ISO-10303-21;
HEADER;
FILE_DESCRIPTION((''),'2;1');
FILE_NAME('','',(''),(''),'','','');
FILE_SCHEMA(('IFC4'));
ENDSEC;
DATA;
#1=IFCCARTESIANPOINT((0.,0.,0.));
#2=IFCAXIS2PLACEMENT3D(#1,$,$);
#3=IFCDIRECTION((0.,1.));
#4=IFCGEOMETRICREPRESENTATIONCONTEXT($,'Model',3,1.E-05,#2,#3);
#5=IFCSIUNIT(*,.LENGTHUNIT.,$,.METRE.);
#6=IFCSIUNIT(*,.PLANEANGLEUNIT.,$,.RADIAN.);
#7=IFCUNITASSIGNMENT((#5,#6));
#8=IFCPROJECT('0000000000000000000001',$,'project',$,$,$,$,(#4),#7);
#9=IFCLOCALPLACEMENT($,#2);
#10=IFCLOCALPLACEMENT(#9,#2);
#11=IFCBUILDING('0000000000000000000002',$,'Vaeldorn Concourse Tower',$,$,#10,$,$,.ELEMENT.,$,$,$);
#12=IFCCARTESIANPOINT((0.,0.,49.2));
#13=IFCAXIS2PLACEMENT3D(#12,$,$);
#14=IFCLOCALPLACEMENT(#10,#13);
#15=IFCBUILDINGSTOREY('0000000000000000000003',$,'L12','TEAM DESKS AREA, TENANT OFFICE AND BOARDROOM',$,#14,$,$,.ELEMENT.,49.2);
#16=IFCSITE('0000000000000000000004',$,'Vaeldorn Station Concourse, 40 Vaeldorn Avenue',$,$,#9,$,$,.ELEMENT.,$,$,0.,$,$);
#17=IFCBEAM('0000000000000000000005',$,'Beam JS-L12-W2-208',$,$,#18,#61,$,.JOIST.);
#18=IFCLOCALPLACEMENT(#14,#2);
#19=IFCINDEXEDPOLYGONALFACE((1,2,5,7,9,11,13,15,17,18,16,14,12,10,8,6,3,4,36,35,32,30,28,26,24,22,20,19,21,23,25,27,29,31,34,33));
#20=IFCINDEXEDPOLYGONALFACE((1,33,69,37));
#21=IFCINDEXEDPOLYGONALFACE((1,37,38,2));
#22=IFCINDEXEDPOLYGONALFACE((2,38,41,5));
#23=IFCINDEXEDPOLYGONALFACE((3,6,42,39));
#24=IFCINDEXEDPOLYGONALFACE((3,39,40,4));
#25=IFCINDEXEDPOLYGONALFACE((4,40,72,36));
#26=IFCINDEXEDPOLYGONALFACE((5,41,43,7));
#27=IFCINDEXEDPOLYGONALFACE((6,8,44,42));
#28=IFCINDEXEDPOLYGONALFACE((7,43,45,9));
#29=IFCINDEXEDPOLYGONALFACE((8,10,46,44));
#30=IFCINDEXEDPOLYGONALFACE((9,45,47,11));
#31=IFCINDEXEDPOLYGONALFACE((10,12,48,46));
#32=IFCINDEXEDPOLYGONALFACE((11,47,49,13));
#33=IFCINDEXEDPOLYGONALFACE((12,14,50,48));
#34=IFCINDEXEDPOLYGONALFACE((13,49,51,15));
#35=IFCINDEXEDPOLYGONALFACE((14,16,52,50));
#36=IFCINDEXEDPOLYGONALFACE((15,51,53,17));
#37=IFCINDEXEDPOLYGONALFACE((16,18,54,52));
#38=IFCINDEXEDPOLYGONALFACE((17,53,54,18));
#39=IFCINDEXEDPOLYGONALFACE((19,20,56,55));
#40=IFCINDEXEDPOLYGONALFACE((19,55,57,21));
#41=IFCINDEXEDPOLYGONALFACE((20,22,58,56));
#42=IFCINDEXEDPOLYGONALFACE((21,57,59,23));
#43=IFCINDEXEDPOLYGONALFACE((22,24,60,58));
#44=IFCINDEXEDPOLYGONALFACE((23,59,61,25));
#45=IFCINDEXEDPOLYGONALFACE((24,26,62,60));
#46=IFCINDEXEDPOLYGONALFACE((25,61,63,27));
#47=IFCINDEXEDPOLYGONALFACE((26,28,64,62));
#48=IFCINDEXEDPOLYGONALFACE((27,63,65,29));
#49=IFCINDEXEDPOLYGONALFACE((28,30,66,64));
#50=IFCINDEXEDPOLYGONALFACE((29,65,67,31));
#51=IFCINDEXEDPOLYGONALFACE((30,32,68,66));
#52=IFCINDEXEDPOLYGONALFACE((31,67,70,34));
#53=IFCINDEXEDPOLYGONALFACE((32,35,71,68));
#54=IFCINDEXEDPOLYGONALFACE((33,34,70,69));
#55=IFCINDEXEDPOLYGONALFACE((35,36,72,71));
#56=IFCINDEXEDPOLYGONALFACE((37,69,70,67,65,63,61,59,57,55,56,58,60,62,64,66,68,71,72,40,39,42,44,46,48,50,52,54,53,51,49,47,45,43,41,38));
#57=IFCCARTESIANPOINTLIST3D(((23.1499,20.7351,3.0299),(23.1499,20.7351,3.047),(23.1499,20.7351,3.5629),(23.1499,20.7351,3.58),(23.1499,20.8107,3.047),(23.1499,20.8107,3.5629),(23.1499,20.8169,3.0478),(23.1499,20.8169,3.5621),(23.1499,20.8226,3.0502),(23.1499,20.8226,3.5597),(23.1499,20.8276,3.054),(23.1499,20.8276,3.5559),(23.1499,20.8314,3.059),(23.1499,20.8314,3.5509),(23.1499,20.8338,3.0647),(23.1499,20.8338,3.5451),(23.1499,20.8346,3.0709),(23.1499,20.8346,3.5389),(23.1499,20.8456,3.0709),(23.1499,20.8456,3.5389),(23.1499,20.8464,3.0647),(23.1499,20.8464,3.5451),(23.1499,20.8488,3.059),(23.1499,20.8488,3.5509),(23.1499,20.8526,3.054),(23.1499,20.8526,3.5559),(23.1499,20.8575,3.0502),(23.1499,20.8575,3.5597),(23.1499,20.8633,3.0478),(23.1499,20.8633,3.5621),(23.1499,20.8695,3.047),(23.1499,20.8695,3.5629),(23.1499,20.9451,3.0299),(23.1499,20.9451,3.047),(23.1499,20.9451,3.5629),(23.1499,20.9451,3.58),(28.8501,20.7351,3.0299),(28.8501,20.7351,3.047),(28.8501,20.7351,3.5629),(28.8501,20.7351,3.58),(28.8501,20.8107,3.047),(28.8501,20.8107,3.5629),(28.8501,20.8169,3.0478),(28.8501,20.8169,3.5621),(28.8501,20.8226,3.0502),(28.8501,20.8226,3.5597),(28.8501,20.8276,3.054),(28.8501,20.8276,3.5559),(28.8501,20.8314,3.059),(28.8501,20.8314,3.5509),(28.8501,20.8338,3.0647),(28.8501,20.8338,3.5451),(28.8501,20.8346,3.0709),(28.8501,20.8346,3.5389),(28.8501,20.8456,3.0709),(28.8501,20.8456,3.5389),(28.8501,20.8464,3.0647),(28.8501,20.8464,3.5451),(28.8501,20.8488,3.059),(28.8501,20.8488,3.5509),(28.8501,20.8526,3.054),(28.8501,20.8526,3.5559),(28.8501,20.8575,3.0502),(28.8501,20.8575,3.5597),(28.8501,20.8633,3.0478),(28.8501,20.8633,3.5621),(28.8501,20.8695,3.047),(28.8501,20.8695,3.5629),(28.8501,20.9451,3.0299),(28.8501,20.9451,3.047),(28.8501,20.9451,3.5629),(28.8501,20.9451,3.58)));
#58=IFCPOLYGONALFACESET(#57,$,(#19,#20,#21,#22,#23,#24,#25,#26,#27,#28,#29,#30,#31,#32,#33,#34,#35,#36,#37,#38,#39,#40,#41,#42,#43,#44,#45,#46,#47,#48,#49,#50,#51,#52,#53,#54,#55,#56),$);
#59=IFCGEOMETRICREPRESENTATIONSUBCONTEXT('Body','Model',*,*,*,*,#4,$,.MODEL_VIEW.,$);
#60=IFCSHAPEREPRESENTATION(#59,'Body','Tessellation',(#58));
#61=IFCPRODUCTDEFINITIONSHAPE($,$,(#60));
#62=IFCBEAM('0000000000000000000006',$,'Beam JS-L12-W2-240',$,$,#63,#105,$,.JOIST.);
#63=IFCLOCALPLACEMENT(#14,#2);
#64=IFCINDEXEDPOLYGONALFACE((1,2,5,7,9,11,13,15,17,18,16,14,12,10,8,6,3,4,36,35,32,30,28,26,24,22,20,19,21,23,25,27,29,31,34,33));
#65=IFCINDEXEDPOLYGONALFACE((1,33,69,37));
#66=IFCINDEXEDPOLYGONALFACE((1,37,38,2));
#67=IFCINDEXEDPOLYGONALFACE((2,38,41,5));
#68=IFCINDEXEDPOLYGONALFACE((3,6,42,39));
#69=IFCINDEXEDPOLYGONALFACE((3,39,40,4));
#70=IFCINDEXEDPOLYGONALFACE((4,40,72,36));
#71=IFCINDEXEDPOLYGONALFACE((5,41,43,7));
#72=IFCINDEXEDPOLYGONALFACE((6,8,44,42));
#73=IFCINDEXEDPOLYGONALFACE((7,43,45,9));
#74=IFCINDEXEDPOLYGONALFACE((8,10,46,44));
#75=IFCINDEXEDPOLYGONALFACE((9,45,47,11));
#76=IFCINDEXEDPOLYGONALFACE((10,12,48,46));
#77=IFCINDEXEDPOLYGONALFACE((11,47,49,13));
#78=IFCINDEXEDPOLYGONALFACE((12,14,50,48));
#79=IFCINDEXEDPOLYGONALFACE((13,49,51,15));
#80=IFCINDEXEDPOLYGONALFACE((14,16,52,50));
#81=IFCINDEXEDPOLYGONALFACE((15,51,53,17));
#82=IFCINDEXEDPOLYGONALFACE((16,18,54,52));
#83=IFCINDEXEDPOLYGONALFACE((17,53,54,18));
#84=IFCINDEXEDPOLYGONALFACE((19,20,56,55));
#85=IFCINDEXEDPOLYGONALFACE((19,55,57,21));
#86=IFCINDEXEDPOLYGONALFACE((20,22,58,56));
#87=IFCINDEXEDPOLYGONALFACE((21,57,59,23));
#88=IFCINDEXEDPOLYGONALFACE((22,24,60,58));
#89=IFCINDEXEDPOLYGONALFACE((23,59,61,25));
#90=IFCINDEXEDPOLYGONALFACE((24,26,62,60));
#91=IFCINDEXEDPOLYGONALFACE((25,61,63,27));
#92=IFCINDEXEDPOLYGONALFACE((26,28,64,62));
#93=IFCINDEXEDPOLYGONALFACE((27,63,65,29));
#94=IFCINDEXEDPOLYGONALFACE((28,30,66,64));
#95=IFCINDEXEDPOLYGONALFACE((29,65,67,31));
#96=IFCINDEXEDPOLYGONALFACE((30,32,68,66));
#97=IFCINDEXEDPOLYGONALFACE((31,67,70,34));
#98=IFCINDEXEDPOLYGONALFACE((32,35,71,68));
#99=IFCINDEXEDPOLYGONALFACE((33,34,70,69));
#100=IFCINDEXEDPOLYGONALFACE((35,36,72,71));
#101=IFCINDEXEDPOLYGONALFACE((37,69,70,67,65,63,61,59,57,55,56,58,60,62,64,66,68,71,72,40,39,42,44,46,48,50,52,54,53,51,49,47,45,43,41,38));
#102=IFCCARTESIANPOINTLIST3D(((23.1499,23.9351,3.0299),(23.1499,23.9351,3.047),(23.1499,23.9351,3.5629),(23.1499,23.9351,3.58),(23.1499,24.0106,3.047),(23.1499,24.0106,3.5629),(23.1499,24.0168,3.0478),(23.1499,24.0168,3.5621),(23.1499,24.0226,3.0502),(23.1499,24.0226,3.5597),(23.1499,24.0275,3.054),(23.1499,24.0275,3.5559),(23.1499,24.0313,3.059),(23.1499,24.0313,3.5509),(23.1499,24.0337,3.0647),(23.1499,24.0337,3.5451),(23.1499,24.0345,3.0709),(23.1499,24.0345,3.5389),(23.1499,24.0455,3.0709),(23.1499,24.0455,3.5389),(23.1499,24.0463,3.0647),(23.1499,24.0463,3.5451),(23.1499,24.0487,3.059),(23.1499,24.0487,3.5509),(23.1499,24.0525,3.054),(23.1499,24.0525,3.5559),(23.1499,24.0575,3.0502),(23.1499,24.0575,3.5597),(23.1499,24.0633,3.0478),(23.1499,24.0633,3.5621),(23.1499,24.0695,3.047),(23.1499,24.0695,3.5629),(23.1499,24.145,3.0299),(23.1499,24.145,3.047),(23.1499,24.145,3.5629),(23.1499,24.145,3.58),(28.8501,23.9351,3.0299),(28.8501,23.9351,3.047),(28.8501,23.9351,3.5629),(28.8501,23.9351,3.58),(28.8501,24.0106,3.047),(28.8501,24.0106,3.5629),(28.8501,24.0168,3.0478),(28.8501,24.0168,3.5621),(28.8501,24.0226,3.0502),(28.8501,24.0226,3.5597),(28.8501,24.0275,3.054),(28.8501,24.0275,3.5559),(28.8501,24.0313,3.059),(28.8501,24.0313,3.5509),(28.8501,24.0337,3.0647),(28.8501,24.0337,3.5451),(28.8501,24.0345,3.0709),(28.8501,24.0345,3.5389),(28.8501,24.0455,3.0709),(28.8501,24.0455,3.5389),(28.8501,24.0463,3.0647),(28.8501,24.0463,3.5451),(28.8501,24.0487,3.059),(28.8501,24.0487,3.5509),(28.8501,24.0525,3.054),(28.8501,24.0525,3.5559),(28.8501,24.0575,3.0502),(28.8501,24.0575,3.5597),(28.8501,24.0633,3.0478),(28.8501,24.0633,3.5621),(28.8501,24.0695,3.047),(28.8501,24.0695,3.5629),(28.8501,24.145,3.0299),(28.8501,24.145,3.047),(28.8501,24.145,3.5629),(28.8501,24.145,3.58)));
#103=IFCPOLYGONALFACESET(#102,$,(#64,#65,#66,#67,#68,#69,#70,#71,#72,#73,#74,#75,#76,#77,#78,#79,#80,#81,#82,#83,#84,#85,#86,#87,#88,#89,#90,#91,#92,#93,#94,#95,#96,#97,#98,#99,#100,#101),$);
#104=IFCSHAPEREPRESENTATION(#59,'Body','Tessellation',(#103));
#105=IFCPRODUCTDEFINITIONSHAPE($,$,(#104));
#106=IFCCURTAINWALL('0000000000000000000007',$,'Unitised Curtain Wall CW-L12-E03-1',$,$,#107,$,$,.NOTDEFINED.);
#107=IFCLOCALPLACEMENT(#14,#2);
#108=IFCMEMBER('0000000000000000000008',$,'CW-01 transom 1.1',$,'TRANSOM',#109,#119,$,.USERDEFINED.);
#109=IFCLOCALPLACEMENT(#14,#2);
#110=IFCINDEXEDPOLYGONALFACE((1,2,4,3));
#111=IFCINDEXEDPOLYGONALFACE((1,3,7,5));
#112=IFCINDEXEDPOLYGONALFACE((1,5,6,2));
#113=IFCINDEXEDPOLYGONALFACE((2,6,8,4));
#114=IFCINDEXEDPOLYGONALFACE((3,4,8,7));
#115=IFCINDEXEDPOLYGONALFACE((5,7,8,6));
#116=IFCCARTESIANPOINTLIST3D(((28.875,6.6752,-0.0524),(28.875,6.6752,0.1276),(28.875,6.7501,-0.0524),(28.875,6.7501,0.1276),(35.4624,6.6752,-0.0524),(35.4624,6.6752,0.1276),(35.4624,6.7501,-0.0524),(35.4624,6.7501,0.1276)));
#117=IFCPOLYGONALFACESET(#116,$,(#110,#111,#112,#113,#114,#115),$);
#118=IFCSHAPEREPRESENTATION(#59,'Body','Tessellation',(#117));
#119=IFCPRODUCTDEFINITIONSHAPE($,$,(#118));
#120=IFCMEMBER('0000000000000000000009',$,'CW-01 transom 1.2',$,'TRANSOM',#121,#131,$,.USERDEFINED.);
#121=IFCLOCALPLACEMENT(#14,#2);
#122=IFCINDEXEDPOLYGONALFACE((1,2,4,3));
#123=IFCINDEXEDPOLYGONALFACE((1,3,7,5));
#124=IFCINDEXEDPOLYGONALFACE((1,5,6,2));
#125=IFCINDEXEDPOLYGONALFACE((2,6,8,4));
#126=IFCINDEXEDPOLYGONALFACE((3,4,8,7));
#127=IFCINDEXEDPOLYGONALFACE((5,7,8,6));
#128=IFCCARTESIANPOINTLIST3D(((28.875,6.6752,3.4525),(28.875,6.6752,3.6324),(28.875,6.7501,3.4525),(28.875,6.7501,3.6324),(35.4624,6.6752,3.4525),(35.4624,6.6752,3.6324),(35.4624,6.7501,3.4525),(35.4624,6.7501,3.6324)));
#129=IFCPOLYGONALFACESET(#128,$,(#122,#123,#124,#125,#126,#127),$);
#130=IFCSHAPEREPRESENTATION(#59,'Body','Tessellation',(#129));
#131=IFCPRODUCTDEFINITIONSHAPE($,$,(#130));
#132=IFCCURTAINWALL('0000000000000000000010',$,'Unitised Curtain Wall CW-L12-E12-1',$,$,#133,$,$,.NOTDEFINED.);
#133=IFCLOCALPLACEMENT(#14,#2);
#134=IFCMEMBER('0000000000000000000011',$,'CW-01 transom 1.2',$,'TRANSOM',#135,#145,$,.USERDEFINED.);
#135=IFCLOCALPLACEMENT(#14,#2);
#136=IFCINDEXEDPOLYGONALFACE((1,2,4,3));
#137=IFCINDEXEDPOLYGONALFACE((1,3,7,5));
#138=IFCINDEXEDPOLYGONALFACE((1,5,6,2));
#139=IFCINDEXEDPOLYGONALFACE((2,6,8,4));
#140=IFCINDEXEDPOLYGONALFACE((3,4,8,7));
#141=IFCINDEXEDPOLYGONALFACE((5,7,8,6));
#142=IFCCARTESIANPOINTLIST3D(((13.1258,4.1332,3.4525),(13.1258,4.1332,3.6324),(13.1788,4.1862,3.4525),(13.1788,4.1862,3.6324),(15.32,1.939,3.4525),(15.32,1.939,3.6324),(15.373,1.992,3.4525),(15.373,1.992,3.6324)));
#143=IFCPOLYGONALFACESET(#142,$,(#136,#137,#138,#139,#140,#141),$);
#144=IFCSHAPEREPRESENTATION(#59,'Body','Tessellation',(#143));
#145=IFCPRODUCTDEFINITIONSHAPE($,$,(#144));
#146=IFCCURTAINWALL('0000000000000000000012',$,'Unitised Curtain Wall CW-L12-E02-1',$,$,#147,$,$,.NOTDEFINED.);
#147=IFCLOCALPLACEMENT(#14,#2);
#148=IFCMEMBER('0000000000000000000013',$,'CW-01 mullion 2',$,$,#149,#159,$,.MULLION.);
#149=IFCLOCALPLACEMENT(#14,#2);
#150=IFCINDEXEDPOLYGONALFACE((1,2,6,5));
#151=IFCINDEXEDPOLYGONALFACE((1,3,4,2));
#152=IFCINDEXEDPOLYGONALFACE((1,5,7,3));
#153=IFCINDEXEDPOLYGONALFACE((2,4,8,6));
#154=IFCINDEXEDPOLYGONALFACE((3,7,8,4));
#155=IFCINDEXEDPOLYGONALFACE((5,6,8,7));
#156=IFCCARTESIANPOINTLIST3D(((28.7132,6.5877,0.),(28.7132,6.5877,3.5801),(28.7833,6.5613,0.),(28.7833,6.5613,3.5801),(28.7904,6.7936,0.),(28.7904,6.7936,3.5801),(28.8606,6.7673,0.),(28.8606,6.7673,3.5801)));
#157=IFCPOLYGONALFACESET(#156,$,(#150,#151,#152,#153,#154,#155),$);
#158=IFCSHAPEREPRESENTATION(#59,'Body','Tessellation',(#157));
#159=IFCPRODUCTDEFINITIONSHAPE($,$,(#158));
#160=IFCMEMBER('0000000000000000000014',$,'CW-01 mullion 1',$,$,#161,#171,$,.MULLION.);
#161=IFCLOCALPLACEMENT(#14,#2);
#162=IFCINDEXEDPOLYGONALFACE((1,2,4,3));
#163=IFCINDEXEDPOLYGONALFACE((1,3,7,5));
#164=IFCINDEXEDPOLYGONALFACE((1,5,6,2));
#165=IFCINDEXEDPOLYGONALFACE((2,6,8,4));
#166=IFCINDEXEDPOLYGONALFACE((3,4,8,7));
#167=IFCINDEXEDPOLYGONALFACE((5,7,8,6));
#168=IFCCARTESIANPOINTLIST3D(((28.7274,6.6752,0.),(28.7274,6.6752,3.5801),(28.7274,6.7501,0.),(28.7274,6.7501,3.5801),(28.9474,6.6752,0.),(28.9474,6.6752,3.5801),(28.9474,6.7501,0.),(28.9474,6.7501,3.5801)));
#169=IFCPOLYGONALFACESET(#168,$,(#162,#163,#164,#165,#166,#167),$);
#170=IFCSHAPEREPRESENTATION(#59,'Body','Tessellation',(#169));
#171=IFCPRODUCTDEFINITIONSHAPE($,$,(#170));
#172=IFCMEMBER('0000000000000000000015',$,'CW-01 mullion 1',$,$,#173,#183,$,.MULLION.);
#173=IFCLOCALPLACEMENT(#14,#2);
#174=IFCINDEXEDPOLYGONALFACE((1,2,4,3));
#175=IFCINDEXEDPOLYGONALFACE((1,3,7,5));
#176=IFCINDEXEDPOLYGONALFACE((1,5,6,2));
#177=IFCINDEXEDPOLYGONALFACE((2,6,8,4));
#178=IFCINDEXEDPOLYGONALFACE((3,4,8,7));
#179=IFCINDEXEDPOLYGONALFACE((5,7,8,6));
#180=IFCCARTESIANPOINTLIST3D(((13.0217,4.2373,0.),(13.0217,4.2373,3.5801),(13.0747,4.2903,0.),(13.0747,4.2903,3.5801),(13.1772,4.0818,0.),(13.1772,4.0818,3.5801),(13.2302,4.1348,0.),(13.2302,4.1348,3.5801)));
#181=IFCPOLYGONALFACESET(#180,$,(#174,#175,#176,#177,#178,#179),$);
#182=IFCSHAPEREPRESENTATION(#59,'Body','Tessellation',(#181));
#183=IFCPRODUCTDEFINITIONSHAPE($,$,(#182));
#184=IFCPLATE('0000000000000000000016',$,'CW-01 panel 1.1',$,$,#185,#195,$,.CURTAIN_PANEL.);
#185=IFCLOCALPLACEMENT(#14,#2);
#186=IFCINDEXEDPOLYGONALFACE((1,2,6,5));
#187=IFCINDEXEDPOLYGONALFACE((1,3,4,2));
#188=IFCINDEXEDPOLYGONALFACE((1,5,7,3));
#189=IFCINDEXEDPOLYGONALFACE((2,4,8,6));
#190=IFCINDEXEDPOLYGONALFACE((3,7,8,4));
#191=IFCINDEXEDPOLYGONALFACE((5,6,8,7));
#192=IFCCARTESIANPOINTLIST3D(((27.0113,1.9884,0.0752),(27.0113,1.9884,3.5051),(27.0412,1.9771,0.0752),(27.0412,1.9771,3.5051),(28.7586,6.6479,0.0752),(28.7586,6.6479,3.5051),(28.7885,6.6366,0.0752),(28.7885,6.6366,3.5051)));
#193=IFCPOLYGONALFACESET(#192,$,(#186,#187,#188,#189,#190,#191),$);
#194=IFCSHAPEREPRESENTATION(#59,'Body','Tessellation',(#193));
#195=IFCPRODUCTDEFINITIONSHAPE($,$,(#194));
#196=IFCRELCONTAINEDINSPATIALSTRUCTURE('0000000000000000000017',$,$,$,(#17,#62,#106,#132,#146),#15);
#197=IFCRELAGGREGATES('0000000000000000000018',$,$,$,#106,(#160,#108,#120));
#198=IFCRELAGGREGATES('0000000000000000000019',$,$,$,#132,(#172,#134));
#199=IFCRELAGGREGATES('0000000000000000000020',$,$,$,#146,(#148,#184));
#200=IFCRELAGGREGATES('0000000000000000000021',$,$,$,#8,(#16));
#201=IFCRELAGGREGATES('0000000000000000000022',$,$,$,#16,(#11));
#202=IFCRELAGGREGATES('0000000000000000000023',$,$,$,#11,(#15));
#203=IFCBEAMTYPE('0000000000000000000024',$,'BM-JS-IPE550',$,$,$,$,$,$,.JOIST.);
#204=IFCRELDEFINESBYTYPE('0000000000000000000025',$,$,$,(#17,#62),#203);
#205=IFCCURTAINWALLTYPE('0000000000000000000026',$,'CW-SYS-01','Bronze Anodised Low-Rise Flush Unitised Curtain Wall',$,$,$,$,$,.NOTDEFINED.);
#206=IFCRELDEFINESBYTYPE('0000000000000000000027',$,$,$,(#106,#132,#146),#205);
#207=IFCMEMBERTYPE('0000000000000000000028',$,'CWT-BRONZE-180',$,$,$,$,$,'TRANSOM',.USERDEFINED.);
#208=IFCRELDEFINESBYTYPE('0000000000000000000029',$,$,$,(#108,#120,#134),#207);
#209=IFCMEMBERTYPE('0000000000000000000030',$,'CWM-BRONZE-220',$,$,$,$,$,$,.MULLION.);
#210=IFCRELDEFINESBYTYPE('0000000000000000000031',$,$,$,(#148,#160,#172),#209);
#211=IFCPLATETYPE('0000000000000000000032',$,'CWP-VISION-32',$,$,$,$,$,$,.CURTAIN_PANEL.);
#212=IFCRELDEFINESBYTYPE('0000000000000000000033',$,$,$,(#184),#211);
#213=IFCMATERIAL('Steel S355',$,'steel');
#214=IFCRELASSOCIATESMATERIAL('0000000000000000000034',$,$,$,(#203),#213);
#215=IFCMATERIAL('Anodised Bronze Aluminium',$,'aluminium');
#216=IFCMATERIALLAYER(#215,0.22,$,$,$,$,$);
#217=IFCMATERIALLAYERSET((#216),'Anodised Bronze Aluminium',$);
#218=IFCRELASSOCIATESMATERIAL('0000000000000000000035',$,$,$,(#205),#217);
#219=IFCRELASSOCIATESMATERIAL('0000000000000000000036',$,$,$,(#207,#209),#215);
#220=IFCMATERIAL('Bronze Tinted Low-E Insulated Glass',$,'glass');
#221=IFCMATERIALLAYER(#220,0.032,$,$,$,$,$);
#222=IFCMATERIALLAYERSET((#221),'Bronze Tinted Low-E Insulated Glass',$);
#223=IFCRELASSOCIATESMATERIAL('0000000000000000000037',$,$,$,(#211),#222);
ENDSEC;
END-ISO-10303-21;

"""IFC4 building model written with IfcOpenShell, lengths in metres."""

from ifc_helpers import new_model, si_unit, direction, frame, origin, origin_2d, place, context, subcontext, project, spatial, rectangle, i_section, extrude, source, transform, mapped, material, layer, layer_set, material_profile, profile_set, type_object, element, aggregate, save


model = new_model("IFC4")

# Units and contexts
model_context = context("Model", 3, precision=1e-05, world=origin(), true_north=direction((0.0, 1.0)))
body_context = subcontext(model_context, "Body", "Model", "MODEL_VIEW")
ifc_project = project(units=[si_unit("LENGTHUNIT", "METRE"), si_unit("PLANEANGLEUNIT", "RADIAN")], contexts=[model_context])

# Site, building, storey
site_placement = place(None, origin())
site = spatial("IfcSite", under=ifc_project, at=site_placement, Name="Vaeldorn Station Concourse, 40 Vaeldorn Avenue", CompositionType="ELEMENT", RefElevation=0.0)
building_placement = place(site_placement, origin())
building = spatial("IfcBuilding", under=site, at=building_placement, Name="Vaeldorn Concourse Tower", CompositionType="ELEMENT")
storey_placement = place(building_placement, frame((0.0, 0.0, 49.2)))
storey = spatial("IfcBuildingStorey", under=building, at=storey_placement, Name="L12", Description="TEAM DESKS AREA, TENANT OFFICE AND BOARDROOM", CompositionType="ELEMENT", Elevation=49.2)

# Beams
ifc_material_1 = material(Name="Steel S355", Category="steel")
ifc_material_profile_1 = material_profile(ifc_material_1, i_section(OverallWidth=0.21, OverallDepth=0.55, WebThickness=0.011, FlangeThickness=0.0171, FilletRadius=0.0239, at=origin_2d()), Name="IPE 550")
ifc_profile_set_1 = profile_set([ifc_material_profile_1], Name="Steel S355")
beam_type_1 = type_object("IfcBeamType", Name="BM-JS-IPE550", PredefinedType="JOIST", material=ifc_profile_set_1)
shared_shape_1 = source(origin(), body_context, "Body", "SweptSolid", [
    extrude(i_section(OverallWidth=0.21, OverallDepth=0.55, WebThickness=0.011, FlangeThickness=0.0171, FilletRadius=0.0239, at=origin_2d()), origin(), (0.0, 0.0, 1.0), 5.7002),
])
for number, where, z_axis, x_axis, name in (
    (1, (23.1499, 20.8401, 3.3049), (1.0, 0.0, 0.0), (0.0, 1.0, 0.0), "Beam JS-L12-W2-208"),
    (2, (23.1499, 24.04, 3.3049), (1.0, 0.0, 0.0), (0.0, 1.0, 0.0), "Beam JS-L12-W2-240"),
):
    element("IfcBeam", number, at=place(storey_placement, frame(where, z_axis=z_axis, x_axis=x_axis)), inside=storey, type_object=beam_type_1, Name=name, PredefinedType="JOIST", context=body_context, shape_type="MappedRepresentation", body=[
        mapped(shared_shape_1, transform((0.0, 0.0, 0.0), scale=1.0)),
    ])

# Curtain wall, members
ifc_material_2 = material(Name="Anodised Bronze Aluminium", Category="aluminium")
ifc_layer_1 = layer(ifc_material_2, 0.22)
ifc_layer_set_1 = layer_set([ifc_layer_1], Name="Anodised Bronze Aluminium")
curtain_wall_type = type_object("IfcCurtainWallType", Name="CW-SYS-01", Description="Bronze Anodised Low-Rise Flush Unitised Curtain Wall", PredefinedType="NOTDEFINED", material=ifc_layer_set_1)
curtain_wall_1_placement = place(storey_placement, origin())
curtain_wall_1 = element("IfcCurtainWall", 3, at=curtain_wall_1_placement, inside=storey, type_object=curtain_wall_type, Name="Unitised Curtain Wall CW-L12-E03-1", PredefinedType="NOTDEFINED")
ifc_material_profile_2 = material_profile(ifc_material_2, rectangle(XDim=0.075, YDim=0.1799, at=origin_2d()), Name="CWT 75x180")
ifc_profile_set_2 = profile_set([ifc_material_profile_2], Name="Anodised Bronze Aluminium")
member_type_1 = type_object("IfcMemberType", Name="CWT-BRONZE-180", ElementType="TRANSOM", PredefinedType="USERDEFINED", material=ifc_profile_set_2)
shared_shape_2 = source(origin(), body_context, "Body", "SweptSolid", [
    extrude(rectangle(XDim=0.075, YDim=0.1799, at=origin_2d()), origin(), (0.0, 0.0, 1.0), 6.5874),
])
member_1_placement = place(storey_placement, frame((28.875, 6.7126, 0.0376), z_axis=(1.0, 0.0, 0.0), x_axis=(0.0, 1.0, 0.0)))
member_1 = element("IfcMember", 4, at=member_1_placement, type_object=member_type_1, Name="CW-01 transom 1.1", ObjectType="TRANSOM", PredefinedType="USERDEFINED", context=body_context, shape_type="MappedRepresentation", body=[
    mapped(shared_shape_2, transform((0.0, 0.0, 0.0), scale=1.0)),
])
member_2_placement = place(storey_placement, frame((28.875, 6.7126, 3.5425), z_axis=(1.0, 0.0, 0.0), x_axis=(0.0, 1.0, 0.0)))
member_2 = element("IfcMember", 5, at=member_2_placement, type_object=member_type_1, Name="CW-01 transom 1.2", ObjectType="TRANSOM", PredefinedType="USERDEFINED", context=body_context, shape_type="MappedRepresentation", body=[
    mapped(shared_shape_2, transform((0.0, 0.0, 0.0), scale=1.0)),
])

# Curtain walls, members
curtain_wall_2_placement = place(storey_placement, origin())
curtain_wall_2 = element("IfcCurtainWall", 6, at=curtain_wall_2_placement, inside=storey, type_object=curtain_wall_type, Name="Unitised Curtain Wall CW-L12-E12-1", PredefinedType="NOTDEFINED")
shared_shape_3 = source(origin(), body_context, "Body", "SweptSolid", [
    extrude(rectangle(XDim=0.075, YDim=0.1799, at=origin_2d()), origin(), (0.0, 0.0, 1.0), 3.103),
])
member_3_placement = place(storey_placement, frame((13.1523, 4.1597, 3.5425), z_axis=(0.707107, -0.707107, 0.0), x_axis=(0.707107, 0.707107, 0.0)))
member_3 = element("IfcMember", 7, at=member_3_placement, type_object=member_type_1, Name="CW-01 transom 1.2", ObjectType="TRANSOM", PredefinedType="USERDEFINED", context=body_context, shape_type="MappedRepresentation", body=[
    mapped(shared_shape_3, transform((0.0, 0.0, 0.0), scale=1.0)),
])
curtain_wall_3_placement = place(storey_placement, origin())
curtain_wall_3 = element("IfcCurtainWall", 8, at=curtain_wall_3_placement, inside=storey, type_object=curtain_wall_type, Name="Unitised Curtain Wall CW-L12-E02-1", PredefinedType="NOTDEFINED")
ifc_material_profile_3 = material_profile(ifc_material_2, rectangle(XDim=0.075, YDim=0.22, at=origin_2d()), Name="CWM 75x220")
ifc_profile_set_3 = profile_set([ifc_material_profile_3], Name="Anodised Bronze Aluminium")
member_type_2 = type_object("IfcMemberType", Name="CWM-BRONZE-220", PredefinedType="MULLION", material=ifc_profile_set_3)
shared_shape_4 = source(origin(), body_context, "Body", "SweptSolid", [
    extrude(rectangle(XDim=0.075, YDim=0.22, at=origin_2d()), origin(), (0.0, 0.0, 1.0), 3.5801),
])
member_4_placement = place(storey_placement, frame((28.7869, 6.6775, 0.0), z_axis=(0.0, 0.0, 1.0), x_axis=(-0.936329, 0.351123, 0.0)))
member_4 = element("IfcMember", 9, at=member_4_placement, type_object=member_type_2, Name="CW-01 mullion 2", PredefinedType="MULLION", context=body_context, shape_type="MappedRepresentation", body=[
    mapped(shared_shape_4, transform((0.0, 0.0, 0.0), scale=1.0)),
])

# Members
member_5_placement = place(storey_placement, frame((28.8374, 6.7126, 0.0), z_axis=(0.0, 0.0, 1.0), x_axis=(0.0, 1.0, 0.0)))
member_5 = element("IfcMember", 10, at=member_5_placement, type_object=member_type_2, Name="CW-01 mullion 1", PredefinedType="MULLION", context=body_context, shape_type="MappedRepresentation", body=[
    mapped(shared_shape_4, transform((0.0, 0.0, 0.0), scale=1.0)),
])
aggregate(curtain_wall_1, [member_5, member_1, member_2])
member_6_placement = place(storey_placement, frame((13.126, 4.186, 0.0), z_axis=(0.0, 0.0, 1.0), x_axis=(0.707107, 0.707107, 0.0)))
member_6 = element("IfcMember", 11, at=member_6_placement, type_object=member_type_2, Name="CW-01 mullion 1", PredefinedType="MULLION", context=body_context, shape_type="MappedRepresentation", body=[
    mapped(shared_shape_4, transform((0.0, 0.0, 0.0), scale=1.0)),
])
aggregate(curtain_wall_2, [member_6, member_3])

# Plate
ifc_material_3 = material(Name="Bronze Tinted Low-E Insulated Glass", Category="glass")
ifc_layer_2 = layer(ifc_material_3, 0.032)
ifc_layer_set_2 = layer_set([ifc_layer_2], Name="Bronze Tinted Low-E Insulated Glass")
plate_type = type_object("IfcPlateType", Name="CWP-VISION-32", PredefinedType="CURTAIN_PANEL", material=ifc_layer_set_2)
shared_shape_5 = source(origin(), body_context, "Body", "SweptSolid", [
    extrude(rectangle(XDim=4.9763, YDim=0.032, at=origin_2d()), origin(), (0.0, 0.0, 1.0), 3.4299),
])
plate_placement = place(storey_placement, frame((27.8999, 4.3125, 0.0752), z_axis=(0.0, 0.0, 1.0), x_axis=(0.351123, 0.936329, 0.0)))
plate = element("IfcPlate", 12, at=plate_placement, type_object=plate_type, Name="CW-01 panel 1.1", PredefinedType="CURTAIN_PANEL", context=body_context, shape_type="MappedRepresentation", body=[
    mapped(shared_shape_5, transform((0.0, 0.0, 0.0), scale=1.0)),
])
aggregate(curtain_wall_3, [member_4, plate])

save(model, "model.ifc")
